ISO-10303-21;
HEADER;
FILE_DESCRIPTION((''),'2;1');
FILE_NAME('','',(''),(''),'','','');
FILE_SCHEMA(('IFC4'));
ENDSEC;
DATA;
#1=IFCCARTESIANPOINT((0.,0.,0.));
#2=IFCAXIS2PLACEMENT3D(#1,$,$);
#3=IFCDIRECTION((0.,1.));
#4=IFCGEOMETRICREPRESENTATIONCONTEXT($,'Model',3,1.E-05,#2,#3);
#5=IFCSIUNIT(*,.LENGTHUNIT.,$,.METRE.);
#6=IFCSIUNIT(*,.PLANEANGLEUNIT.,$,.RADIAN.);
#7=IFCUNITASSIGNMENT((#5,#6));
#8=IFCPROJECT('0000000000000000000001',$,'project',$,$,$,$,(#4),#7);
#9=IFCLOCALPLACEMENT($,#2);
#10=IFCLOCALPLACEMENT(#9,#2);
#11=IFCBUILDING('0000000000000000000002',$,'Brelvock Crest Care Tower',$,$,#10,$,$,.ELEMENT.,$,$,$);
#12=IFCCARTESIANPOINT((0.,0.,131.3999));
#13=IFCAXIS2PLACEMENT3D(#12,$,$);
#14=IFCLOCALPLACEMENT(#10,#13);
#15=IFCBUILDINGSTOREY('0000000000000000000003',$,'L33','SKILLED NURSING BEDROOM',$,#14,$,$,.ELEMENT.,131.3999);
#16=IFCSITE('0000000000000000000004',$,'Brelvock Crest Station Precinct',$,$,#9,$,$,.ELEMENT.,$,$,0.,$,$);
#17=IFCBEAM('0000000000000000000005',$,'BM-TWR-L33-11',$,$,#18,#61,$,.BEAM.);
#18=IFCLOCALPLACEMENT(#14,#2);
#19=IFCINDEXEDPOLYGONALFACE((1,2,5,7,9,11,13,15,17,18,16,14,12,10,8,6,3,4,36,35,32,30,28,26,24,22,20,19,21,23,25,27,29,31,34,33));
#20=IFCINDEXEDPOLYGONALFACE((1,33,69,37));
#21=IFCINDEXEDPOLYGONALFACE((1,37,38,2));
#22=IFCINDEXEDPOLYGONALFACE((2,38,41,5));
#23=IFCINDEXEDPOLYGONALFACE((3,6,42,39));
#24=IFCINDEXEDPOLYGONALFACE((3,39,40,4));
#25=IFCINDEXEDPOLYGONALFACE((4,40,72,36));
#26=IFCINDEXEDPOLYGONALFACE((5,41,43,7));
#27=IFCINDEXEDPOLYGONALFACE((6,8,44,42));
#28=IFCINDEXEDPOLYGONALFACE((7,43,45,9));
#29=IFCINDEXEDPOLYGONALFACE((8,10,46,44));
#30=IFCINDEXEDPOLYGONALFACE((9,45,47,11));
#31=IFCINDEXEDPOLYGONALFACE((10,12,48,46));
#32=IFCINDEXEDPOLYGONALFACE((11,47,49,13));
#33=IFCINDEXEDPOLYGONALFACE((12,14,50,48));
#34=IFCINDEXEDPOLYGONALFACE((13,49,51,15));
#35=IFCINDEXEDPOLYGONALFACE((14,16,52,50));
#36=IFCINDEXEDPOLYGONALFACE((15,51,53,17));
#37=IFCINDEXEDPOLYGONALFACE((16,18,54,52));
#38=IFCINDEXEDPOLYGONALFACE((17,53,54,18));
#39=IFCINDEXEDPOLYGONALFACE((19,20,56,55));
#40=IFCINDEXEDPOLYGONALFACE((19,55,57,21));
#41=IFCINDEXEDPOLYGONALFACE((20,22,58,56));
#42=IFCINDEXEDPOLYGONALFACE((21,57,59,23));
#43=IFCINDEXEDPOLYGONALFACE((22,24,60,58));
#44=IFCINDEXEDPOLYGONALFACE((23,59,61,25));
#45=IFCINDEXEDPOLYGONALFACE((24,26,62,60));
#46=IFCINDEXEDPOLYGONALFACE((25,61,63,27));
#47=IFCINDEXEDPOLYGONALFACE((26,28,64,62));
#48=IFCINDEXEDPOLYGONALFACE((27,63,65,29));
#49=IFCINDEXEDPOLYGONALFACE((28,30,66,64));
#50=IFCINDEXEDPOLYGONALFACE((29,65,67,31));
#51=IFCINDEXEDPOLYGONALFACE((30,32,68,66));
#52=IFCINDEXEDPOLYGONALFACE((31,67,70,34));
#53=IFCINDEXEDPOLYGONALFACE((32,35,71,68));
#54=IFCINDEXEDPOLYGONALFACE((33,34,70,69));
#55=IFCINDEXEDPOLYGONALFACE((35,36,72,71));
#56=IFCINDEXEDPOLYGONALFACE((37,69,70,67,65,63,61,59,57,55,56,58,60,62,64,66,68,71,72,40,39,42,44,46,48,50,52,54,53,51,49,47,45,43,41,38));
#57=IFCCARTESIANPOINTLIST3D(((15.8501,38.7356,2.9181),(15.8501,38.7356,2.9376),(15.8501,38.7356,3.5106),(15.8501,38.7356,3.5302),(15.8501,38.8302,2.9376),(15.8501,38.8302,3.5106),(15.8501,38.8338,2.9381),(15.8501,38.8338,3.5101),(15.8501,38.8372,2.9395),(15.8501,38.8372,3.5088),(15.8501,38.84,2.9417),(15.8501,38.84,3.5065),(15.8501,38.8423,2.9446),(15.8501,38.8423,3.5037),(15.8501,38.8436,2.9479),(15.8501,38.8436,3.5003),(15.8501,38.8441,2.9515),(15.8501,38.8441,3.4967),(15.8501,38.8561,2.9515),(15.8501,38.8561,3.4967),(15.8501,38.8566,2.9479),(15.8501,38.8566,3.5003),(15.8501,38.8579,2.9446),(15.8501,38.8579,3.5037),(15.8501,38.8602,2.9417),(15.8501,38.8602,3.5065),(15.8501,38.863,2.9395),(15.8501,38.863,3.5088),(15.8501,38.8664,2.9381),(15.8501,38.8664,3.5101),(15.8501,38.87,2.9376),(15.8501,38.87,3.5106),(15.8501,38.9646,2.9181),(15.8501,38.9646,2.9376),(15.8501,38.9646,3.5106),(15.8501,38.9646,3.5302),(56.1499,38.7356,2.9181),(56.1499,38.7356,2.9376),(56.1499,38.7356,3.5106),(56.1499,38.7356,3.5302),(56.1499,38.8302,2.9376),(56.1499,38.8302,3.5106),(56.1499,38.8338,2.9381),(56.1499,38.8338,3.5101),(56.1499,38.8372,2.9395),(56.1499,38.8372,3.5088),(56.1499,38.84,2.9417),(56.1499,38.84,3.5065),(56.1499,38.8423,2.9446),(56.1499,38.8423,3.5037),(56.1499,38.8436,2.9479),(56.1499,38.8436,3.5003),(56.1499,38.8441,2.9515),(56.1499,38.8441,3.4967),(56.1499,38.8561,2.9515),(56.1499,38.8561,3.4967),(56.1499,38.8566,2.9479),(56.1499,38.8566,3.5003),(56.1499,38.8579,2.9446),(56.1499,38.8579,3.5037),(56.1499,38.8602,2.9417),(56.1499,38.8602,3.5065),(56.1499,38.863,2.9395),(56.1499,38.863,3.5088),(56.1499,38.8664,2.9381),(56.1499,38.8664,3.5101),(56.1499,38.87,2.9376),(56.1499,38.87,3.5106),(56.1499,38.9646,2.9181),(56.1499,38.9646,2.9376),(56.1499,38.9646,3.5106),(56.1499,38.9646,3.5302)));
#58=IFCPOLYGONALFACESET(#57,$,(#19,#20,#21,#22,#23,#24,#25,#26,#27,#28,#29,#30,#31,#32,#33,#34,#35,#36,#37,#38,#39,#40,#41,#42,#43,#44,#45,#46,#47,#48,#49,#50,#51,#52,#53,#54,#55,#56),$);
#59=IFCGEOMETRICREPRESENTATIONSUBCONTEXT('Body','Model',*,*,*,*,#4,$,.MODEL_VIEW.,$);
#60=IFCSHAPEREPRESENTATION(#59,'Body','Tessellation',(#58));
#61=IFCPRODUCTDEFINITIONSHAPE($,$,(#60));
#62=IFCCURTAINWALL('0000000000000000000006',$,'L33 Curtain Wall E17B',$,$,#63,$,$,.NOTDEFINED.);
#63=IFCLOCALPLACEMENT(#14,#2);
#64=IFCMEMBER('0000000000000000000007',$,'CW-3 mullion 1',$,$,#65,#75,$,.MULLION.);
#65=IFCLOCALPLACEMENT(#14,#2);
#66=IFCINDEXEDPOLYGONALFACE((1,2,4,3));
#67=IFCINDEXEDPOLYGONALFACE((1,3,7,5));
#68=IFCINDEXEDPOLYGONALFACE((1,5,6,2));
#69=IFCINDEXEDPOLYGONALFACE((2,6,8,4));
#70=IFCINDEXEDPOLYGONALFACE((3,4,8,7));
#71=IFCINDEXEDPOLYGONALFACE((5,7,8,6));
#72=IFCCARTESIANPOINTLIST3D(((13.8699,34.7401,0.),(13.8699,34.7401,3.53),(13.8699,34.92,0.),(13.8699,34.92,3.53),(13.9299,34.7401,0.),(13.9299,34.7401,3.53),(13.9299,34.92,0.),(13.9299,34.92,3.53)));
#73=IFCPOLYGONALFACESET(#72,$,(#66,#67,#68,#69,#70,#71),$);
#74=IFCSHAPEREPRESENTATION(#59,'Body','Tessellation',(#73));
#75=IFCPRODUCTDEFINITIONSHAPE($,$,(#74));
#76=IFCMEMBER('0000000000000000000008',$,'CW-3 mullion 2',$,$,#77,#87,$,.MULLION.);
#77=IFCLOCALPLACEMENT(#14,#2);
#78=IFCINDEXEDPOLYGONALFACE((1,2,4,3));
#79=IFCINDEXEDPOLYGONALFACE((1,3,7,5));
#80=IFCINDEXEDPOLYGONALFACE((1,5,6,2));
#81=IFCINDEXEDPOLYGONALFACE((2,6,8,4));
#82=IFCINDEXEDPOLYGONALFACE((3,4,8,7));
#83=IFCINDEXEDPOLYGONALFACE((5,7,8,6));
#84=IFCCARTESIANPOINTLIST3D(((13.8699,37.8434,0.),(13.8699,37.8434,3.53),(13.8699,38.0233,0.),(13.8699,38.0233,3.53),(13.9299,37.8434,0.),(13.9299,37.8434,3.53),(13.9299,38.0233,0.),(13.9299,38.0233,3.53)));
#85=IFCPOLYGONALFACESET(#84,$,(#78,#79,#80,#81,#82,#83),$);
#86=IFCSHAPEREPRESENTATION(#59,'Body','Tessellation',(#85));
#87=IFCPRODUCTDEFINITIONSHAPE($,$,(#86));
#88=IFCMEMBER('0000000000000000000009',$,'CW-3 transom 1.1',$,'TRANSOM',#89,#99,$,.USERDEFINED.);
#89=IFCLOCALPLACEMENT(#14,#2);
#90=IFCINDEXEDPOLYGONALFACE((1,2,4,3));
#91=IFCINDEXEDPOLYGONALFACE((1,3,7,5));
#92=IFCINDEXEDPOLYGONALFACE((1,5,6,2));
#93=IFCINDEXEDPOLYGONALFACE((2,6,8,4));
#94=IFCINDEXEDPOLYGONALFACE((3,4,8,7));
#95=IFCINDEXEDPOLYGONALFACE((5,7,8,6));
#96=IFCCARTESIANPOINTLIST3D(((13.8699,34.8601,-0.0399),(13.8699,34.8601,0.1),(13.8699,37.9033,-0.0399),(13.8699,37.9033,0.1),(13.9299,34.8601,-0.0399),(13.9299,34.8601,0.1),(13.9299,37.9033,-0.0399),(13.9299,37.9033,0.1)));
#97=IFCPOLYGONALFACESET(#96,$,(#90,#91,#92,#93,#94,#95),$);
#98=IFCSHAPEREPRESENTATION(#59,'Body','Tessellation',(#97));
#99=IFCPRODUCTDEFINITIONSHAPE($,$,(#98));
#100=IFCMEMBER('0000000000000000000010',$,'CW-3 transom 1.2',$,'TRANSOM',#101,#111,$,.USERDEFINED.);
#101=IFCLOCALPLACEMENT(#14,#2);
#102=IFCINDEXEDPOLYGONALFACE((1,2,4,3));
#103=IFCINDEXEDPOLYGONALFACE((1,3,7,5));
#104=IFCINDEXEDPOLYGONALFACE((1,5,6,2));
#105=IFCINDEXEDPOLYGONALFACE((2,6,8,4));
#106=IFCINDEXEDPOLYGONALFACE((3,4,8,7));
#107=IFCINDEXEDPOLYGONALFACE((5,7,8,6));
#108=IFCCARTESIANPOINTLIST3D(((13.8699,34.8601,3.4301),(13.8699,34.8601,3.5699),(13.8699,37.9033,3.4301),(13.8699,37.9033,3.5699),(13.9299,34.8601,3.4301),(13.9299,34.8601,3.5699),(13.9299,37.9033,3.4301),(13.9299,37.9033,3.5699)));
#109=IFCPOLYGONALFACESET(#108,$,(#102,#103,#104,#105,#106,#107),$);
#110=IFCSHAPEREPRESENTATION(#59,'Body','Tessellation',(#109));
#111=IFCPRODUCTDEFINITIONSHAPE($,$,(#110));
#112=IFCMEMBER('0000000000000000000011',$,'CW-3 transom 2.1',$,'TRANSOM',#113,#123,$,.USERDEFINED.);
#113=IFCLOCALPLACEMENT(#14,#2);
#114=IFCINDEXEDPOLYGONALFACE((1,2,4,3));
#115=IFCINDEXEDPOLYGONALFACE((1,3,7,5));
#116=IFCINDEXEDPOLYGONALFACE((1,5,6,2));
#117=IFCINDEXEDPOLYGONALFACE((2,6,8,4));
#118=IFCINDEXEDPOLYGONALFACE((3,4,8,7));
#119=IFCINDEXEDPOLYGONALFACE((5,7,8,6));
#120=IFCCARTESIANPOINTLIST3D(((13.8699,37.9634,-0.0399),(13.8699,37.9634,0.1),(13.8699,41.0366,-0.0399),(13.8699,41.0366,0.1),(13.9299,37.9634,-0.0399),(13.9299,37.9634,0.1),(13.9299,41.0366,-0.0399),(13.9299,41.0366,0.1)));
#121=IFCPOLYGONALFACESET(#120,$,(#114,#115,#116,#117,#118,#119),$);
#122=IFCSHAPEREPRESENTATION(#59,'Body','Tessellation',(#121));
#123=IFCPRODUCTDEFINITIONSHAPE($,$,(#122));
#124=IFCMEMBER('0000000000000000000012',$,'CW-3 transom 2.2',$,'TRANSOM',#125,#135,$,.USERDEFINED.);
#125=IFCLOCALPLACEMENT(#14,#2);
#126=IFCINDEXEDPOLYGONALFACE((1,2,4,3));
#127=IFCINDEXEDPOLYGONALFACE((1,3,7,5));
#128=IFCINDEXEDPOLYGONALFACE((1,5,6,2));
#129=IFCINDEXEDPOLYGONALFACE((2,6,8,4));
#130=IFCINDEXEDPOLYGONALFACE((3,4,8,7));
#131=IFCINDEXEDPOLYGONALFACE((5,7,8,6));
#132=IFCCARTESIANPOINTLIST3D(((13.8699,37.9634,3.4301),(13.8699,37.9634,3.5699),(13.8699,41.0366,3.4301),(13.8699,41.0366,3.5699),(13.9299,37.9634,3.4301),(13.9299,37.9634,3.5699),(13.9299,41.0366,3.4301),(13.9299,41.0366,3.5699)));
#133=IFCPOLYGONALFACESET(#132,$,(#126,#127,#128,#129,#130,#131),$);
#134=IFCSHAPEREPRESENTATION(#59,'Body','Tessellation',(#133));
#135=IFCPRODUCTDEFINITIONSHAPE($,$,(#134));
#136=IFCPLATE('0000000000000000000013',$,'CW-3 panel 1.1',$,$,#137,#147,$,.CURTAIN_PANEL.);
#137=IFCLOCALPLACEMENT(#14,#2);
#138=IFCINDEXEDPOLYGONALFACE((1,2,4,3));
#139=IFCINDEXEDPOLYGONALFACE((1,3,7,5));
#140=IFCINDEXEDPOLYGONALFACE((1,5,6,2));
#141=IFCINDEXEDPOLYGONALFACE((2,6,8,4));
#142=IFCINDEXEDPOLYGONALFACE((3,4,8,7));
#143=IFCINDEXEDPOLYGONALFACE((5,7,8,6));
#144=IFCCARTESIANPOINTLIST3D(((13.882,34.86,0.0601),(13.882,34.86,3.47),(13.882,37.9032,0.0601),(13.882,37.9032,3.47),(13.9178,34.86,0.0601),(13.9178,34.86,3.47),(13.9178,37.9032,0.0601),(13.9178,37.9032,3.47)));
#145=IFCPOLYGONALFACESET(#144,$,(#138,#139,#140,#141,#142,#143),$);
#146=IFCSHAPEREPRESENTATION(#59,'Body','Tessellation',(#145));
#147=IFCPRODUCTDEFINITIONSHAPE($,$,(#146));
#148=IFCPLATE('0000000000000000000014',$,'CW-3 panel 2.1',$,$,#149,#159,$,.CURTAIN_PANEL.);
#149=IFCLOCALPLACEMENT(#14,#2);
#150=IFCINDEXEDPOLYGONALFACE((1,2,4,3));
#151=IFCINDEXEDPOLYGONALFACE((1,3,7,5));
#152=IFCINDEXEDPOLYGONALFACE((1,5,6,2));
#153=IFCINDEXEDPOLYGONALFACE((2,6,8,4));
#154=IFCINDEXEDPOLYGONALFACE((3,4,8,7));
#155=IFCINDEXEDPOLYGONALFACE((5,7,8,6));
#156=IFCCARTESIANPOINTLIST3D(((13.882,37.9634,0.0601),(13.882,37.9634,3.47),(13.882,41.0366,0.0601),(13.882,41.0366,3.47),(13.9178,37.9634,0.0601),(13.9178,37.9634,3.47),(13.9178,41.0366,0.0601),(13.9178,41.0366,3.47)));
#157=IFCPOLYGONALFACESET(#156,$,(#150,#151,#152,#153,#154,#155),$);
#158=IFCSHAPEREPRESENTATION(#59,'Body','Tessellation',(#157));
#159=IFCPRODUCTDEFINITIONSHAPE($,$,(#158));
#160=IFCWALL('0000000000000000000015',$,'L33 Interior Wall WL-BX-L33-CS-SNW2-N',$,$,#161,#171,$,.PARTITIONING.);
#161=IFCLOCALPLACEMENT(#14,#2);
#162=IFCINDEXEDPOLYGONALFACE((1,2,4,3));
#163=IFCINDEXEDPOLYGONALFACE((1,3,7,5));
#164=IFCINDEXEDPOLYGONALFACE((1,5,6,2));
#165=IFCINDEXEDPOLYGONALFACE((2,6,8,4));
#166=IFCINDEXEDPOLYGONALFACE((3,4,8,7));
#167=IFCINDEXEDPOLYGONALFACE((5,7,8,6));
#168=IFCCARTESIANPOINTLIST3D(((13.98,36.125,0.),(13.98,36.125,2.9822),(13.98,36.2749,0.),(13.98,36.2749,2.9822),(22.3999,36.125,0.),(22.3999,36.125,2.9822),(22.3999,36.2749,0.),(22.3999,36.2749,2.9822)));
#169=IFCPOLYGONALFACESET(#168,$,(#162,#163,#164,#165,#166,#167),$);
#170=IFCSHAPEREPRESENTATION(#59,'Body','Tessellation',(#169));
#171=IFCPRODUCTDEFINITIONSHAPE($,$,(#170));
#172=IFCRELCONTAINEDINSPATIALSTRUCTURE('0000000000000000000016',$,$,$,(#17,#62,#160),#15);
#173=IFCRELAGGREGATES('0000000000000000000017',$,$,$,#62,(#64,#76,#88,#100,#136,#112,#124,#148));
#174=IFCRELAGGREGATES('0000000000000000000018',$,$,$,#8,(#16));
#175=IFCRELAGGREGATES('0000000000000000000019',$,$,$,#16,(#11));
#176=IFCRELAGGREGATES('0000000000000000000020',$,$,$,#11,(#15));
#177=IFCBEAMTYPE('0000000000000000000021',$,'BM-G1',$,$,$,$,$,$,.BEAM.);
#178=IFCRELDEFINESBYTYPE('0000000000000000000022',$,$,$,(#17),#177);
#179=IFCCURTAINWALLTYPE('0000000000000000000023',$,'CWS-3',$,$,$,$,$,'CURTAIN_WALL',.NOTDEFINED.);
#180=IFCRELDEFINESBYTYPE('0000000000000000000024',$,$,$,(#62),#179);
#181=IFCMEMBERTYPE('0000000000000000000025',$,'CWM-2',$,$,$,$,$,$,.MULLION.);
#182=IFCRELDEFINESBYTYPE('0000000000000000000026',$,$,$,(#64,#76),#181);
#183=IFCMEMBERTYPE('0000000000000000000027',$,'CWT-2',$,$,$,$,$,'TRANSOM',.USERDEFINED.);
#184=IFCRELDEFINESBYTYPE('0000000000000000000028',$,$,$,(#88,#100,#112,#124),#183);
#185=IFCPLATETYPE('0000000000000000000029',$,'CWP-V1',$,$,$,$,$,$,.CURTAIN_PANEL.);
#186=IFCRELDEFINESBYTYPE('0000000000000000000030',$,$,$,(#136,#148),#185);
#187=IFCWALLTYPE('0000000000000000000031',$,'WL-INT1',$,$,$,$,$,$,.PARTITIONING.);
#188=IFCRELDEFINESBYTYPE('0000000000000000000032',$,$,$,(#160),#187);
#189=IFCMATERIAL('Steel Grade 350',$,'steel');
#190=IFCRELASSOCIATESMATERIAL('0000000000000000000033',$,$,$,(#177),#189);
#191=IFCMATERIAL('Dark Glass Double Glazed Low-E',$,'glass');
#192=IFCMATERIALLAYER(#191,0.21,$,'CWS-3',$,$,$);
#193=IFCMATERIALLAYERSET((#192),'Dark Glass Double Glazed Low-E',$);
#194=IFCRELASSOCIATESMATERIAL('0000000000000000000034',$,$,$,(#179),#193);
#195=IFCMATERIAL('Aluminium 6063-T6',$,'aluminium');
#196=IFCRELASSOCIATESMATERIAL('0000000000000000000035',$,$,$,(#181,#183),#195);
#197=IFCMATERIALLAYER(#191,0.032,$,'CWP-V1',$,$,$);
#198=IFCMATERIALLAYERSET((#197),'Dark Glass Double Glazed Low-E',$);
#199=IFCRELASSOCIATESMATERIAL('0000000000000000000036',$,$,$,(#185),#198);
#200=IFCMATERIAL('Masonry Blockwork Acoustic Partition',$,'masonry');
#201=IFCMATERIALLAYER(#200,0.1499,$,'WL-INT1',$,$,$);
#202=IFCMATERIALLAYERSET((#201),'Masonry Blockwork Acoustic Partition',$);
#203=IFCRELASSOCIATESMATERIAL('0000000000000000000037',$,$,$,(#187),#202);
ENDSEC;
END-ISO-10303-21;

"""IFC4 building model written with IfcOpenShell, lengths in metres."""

from ifc_helpers import new_model, si_unit, direction, frame, frame_2d, origin, origin_2d, place, context, subcontext, project, spatial, rectangle, i_section, extrude, source, transform, mapped, material, layer, layer_set, material_profile, profile_set, type_object, element, aggregate, save


model = new_model("IFC4")

# Units and contexts
model_context = context("Model", 3, precision=1e-05, world=origin(), true_north=direction((0.0, 1.0)))
body_context = subcontext(model_context, "Body", "Model", "MODEL_VIEW")
ifc_project = project(units=[si_unit("LENGTHUNIT", "METRE"), si_unit("PLANEANGLEUNIT", "RADIAN")], contexts=[model_context])

# Site, building, storey
site_placement = place(None, origin())
site = spatial("IfcSite", under=ifc_project, at=site_placement, Name="Brelvock Crest Station Precinct", CompositionType="ELEMENT", RefElevation=0.0)
building_placement = place(site_placement, origin())
building = spatial("IfcBuilding", under=site, at=building_placement, Name="Brelvock Crest Care Tower", CompositionType="ELEMENT")
storey_placement = place(building_placement, frame((0.0, 0.0, 131.3999)))
storey = spatial("IfcBuildingStorey", under=building, at=storey_placement, Name="L33", Description="SKILLED NURSING BEDROOM", CompositionType="ELEMENT", Elevation=131.3999)

# Shared definitions
ifc_material_1 = material(Name="Steel Grade 350", Category="steel")

# Beam
ifc_material_profile_1 = material_profile(ifc_material_1, i_section(OverallWidth=0.229, OverallDepth=0.6121, WebThickness=0.012, FlangeThickness=0.0195, FilletRadius=0.0139, at=origin_2d()), Name="610UB125")
ifc_profile_set_1 = profile_set([ifc_material_profile_1], Name="Steel Grade 350")
beam_type_1 = type_object("IfcBeamType", Name="BM-G1", PredefinedType="BEAM", material=ifc_profile_set_1)
shared_shape_1 = source(origin(), body_context, "Body", "SweptSolid", [
    extrude(i_section(OverallWidth=0.229, OverallDepth=0.6121, WebThickness=0.012, FlangeThickness=0.0195, FilletRadius=0.0139, at=origin_2d()), origin(), (0.0, 0.0, 1.0), 40.2998),
])
beam_1_placement = place(storey_placement, frame((15.8501, 38.8501, 3.2241), z_axis=(1.0, 0.0, 0.0), x_axis=(0.0, 1.0, 0.0)))
element("IfcBeam", 1, at=beam_1_placement, inside=storey, type_object=beam_type_1, Name="BM-TWR-L33-11", PredefinedType="BEAM", context=body_context, shape_type="MappedRepresentation", body=[
    mapped(shared_shape_1, transform((0.0, 0.0, 0.0), x_axis=(1.0, 0.0, 0.0), y_axis=(0.0, 1.0, 0.0), z_axis=(0.0, 0.0, 1.0), scale=1.0)),
])

# Curtain wall, members, plates
ifc_material_2 = material(Name="Dark Glass Double Glazed Low-E", Category="glass")
ifc_layer_1 = layer(ifc_material_2, 0.21, Name="CWS-3")
ifc_layer_set_1 = layer_set([ifc_layer_1], Name="Dark Glass Double Glazed Low-E")
curtain_wall_type = type_object("IfcCurtainWallType", Name="CWS-3", ElementType="CURTAIN_WALL", PredefinedType="NOTDEFINED", material=ifc_layer_set_1)
curtain_wall_placement = place(storey_placement, origin())
curtain_wall = element("IfcCurtainWall", 2, at=curtain_wall_placement, inside=storey, type_object=curtain_wall_type, Name="L33 Curtain Wall E17B", PredefinedType="NOTDEFINED")
ifc_material_3 = material(Name="Aluminium 6063-T6", Category="aluminium")
ifc_material_profile_2 = material_profile(ifc_material_3, rectangle(XDim=0.0601, YDim=0.1799, at=origin_2d()), Name="ALU60x180")
ifc_profile_set_2 = profile_set([ifc_material_profile_2], Name="Aluminium 6063-T6")
member_type_1 = type_object("IfcMemberType", Name="CWM-2", PredefinedType="MULLION", material=ifc_profile_set_2)
shared_shape_2 = source(origin(), body_context, "Body", "SweptSolid", [
    extrude(rectangle(XDim=0.0601, YDim=0.1799, at=origin_2d()), origin(), (0.0, 0.0, 1.0), 3.53),
])
member_1_placement = place(storey_placement, frame((13.8999, 34.8301, 0.0), z_axis=(0.0, 0.0, 1.0), x_axis=(-1.0, 0.0, 0.0)))
member_1 = element("IfcMember", 3, at=member_1_placement, type_object=member_type_1, Name="CW-3 mullion 1", PredefinedType="MULLION", context=body_context, shape_type="MappedRepresentation", body=[
    mapped(shared_shape_2, transform((0.0, 0.0, 0.0), x_axis=(1.0, 0.0, 0.0), y_axis=(0.0, 1.0, 0.0), z_axis=(0.0, 0.0, 1.0), scale=1.0)),
])
member_2_placement = place(storey_placement, frame((13.8999, 37.9333, 0.0), z_axis=(0.0, 0.0, 1.0), x_axis=(-1.0, 0.0, 0.0)))
member_2 = element("IfcMember", 4, at=member_2_placement, type_object=member_type_1, Name="CW-3 mullion 2", PredefinedType="MULLION", context=body_context, shape_type="MappedRepresentation", body=[
    mapped(shared_shape_2, transform((0.0, 0.0, 0.0), x_axis=(1.0, 0.0, 0.0), y_axis=(0.0, 1.0, 0.0), z_axis=(0.0, 0.0, 1.0), scale=1.0)),
])
ifc_material_profile_3 = material_profile(ifc_material_3, rectangle(XDim=0.0601, YDim=0.1399, at=origin_2d()), Name="ALU60x140")
ifc_profile_set_3 = profile_set([ifc_material_profile_3], Name="Aluminium 6063-T6")
member_type_2 = type_object("IfcMemberType", Name="CWT-2", ElementType="TRANSOM", PredefinedType="USERDEFINED", material=ifc_profile_set_3)
shared_shape_3 = source(origin(), body_context, "Body", "SweptSolid", [
    extrude(rectangle(XDim=0.0601, YDim=0.1399, at=origin_2d()), origin(), (0.0, 0.0, 1.0), 3.0432),
])
member_3_placement = place(storey_placement, frame((13.8999, 34.8601, 0.03), z_axis=(0.0, 1.0, 0.0), x_axis=(-1.0, 0.0, 0.0)))
member_3 = element("IfcMember", 5, at=member_3_placement, type_object=member_type_2, Name="CW-3 transom 1.1", ObjectType="TRANSOM", PredefinedType="USERDEFINED", context=body_context, shape_type="MappedRepresentation", body=[
    mapped(shared_shape_3, transform((0.0, 0.0, 0.0), x_axis=(1.0, 0.0, 0.0), y_axis=(0.0, 1.0, 0.0), z_axis=(0.0, 0.0, 1.0), scale=1.0)),
])
member_4_placement = place(storey_placement, frame((13.8999, 34.8601, 3.5), z_axis=(0.0, 1.0, 0.0), x_axis=(-1.0, 0.0, 0.0)))
member_4 = element("IfcMember", 6, at=member_4_placement, type_object=member_type_2, Name="CW-3 transom 1.2", ObjectType="TRANSOM", PredefinedType="USERDEFINED", context=body_context, shape_type="MappedRepresentation", body=[
    mapped(shared_shape_3, transform((0.0, 0.0, 0.0), x_axis=(1.0, 0.0, 0.0), y_axis=(0.0, 1.0, 0.0), z_axis=(0.0, 0.0, 1.0), scale=1.0)),
])
shared_shape_4 = source(origin(), body_context, "Body", "SweptSolid", [
    extrude(rectangle(XDim=0.0601, YDim=0.1399, at=origin_2d()), origin(), (0.0, 0.0, 1.0), 3.0732),
])
member_5_placement = place(storey_placement, frame((13.8999, 37.9634, 0.03), z_axis=(0.0, 1.0, 0.0), x_axis=(-1.0, 0.0, 0.0)))
member_5 = element("IfcMember", 7, at=member_5_placement, type_object=member_type_2, Name="CW-3 transom 2.1", ObjectType="TRANSOM", PredefinedType="USERDEFINED", context=body_context, shape_type="MappedRepresentation", body=[
    mapped(shared_shape_4, transform((0.0, 0.0, 0.0), x_axis=(1.0, 0.0, 0.0), y_axis=(0.0, 1.0, 0.0), z_axis=(0.0, 0.0, 1.0), scale=1.0)),
])
member_6_placement = place(storey_placement, frame((13.8999, 37.9634, 3.5), z_axis=(0.0, 1.0, 0.0), x_axis=(-1.0, 0.0, 0.0)))
member_6 = element("IfcMember", 8, at=member_6_placement, type_object=member_type_2, Name="CW-3 transom 2.2", ObjectType="TRANSOM", PredefinedType="USERDEFINED", context=body_context, shape_type="MappedRepresentation", body=[
    mapped(shared_shape_4, transform((0.0, 0.0, 0.0), x_axis=(1.0, 0.0, 0.0), y_axis=(0.0, 1.0, 0.0), z_axis=(0.0, 0.0, 1.0), scale=1.0)),
])
ifc_layer_2 = layer(ifc_material_2, 0.032, Name="CWP-V1")
ifc_layer_set_2 = layer_set([ifc_layer_2], Name="Dark Glass Double Glazed Low-E")
plate_type = type_object("IfcPlateType", Name="CWP-V1", PredefinedType="CURTAIN_PANEL", material=ifc_layer_set_2)
shared_shape_5 = source(origin(), body_context, "Body", "SweptSolid", [
    extrude(rectangle(XDim=3.0432, YDim=0.0359, at=origin_2d()), origin(), (0.0, 0.0, 1.0), 3.4099),
])
plate_1_placement = place(storey_placement, frame((13.8999, 36.3816, 0.0601), z_axis=(0.0, 0.0, 1.0), x_axis=(0.0, 1.0, 0.0)))
plate_1 = element("IfcPlate", 9, at=plate_1_placement, type_object=plate_type, Name="CW-3 panel 1.1", PredefinedType="CURTAIN_PANEL", context=body_context, shape_type="MappedRepresentation", body=[
    mapped(shared_shape_5, transform((0.0, 0.0, 0.0), x_axis=(1.0, 0.0, 0.0), y_axis=(0.0, 1.0, 0.0), z_axis=(0.0, 0.0, 1.0), scale=1.0)),
])
shared_shape_6 = source(origin(), body_context, "Body", "SweptSolid", [
    extrude(rectangle(XDim=3.0732, YDim=0.0359, at=origin_2d()), origin(), (0.0, 0.0, 1.0), 3.4099),
])
plate_2_placement = place(storey_placement, frame((13.8999, 39.5, 0.0601), z_axis=(0.0, 0.0, 1.0), x_axis=(0.0, 1.0, 0.0)))
plate_2 = element("IfcPlate", 10, at=plate_2_placement, type_object=plate_type, Name="CW-3 panel 2.1", PredefinedType="CURTAIN_PANEL", context=body_context, shape_type="MappedRepresentation", body=[
    mapped(shared_shape_6, transform((0.0, 0.0, 0.0), x_axis=(1.0, 0.0, 0.0), y_axis=(0.0, 1.0, 0.0), z_axis=(0.0, 0.0, 1.0), scale=1.0)),
])
aggregate(curtain_wall, [member_1, member_2, member_3, member_4, plate_1, member_5, member_6, plate_2])

# Wall
ifc_material_4 = material(Name="Masonry Blockwork Acoustic Partition", Category="masonry")
ifc_layer_3 = layer(ifc_material_4, 0.1499, Name="WL-INT1")
ifc_layer_set_3 = layer_set([ifc_layer_3], Name="Masonry Blockwork Acoustic Partition")
wall_type_1 = type_object("IfcWallType", Name="WL-INT1", PredefinedType="PARTITIONING", material=ifc_layer_set_3)
wall_1_placement = place(storey_placement, frame((13.98, 36.2, 0.0), z_axis=(0.0, 0.0, 1.0), x_axis=(1.0, 0.0, 0.0)))
element("IfcWall", 11, at=wall_1_placement, inside=storey, type_object=wall_type_1, Name="L33 Interior Wall WL-BX-L33-CS-SNW2-N", PredefinedType="PARTITIONING", context=body_context, shape_type="SweptSolid", body=[
    extrude(rectangle(XDim=8.4199, YDim=0.1499, at=frame_2d((4.21, 0.0))), origin(), (0.0, 0.0, 1.0), 2.9822),
])

save(model, "model.ifc")
